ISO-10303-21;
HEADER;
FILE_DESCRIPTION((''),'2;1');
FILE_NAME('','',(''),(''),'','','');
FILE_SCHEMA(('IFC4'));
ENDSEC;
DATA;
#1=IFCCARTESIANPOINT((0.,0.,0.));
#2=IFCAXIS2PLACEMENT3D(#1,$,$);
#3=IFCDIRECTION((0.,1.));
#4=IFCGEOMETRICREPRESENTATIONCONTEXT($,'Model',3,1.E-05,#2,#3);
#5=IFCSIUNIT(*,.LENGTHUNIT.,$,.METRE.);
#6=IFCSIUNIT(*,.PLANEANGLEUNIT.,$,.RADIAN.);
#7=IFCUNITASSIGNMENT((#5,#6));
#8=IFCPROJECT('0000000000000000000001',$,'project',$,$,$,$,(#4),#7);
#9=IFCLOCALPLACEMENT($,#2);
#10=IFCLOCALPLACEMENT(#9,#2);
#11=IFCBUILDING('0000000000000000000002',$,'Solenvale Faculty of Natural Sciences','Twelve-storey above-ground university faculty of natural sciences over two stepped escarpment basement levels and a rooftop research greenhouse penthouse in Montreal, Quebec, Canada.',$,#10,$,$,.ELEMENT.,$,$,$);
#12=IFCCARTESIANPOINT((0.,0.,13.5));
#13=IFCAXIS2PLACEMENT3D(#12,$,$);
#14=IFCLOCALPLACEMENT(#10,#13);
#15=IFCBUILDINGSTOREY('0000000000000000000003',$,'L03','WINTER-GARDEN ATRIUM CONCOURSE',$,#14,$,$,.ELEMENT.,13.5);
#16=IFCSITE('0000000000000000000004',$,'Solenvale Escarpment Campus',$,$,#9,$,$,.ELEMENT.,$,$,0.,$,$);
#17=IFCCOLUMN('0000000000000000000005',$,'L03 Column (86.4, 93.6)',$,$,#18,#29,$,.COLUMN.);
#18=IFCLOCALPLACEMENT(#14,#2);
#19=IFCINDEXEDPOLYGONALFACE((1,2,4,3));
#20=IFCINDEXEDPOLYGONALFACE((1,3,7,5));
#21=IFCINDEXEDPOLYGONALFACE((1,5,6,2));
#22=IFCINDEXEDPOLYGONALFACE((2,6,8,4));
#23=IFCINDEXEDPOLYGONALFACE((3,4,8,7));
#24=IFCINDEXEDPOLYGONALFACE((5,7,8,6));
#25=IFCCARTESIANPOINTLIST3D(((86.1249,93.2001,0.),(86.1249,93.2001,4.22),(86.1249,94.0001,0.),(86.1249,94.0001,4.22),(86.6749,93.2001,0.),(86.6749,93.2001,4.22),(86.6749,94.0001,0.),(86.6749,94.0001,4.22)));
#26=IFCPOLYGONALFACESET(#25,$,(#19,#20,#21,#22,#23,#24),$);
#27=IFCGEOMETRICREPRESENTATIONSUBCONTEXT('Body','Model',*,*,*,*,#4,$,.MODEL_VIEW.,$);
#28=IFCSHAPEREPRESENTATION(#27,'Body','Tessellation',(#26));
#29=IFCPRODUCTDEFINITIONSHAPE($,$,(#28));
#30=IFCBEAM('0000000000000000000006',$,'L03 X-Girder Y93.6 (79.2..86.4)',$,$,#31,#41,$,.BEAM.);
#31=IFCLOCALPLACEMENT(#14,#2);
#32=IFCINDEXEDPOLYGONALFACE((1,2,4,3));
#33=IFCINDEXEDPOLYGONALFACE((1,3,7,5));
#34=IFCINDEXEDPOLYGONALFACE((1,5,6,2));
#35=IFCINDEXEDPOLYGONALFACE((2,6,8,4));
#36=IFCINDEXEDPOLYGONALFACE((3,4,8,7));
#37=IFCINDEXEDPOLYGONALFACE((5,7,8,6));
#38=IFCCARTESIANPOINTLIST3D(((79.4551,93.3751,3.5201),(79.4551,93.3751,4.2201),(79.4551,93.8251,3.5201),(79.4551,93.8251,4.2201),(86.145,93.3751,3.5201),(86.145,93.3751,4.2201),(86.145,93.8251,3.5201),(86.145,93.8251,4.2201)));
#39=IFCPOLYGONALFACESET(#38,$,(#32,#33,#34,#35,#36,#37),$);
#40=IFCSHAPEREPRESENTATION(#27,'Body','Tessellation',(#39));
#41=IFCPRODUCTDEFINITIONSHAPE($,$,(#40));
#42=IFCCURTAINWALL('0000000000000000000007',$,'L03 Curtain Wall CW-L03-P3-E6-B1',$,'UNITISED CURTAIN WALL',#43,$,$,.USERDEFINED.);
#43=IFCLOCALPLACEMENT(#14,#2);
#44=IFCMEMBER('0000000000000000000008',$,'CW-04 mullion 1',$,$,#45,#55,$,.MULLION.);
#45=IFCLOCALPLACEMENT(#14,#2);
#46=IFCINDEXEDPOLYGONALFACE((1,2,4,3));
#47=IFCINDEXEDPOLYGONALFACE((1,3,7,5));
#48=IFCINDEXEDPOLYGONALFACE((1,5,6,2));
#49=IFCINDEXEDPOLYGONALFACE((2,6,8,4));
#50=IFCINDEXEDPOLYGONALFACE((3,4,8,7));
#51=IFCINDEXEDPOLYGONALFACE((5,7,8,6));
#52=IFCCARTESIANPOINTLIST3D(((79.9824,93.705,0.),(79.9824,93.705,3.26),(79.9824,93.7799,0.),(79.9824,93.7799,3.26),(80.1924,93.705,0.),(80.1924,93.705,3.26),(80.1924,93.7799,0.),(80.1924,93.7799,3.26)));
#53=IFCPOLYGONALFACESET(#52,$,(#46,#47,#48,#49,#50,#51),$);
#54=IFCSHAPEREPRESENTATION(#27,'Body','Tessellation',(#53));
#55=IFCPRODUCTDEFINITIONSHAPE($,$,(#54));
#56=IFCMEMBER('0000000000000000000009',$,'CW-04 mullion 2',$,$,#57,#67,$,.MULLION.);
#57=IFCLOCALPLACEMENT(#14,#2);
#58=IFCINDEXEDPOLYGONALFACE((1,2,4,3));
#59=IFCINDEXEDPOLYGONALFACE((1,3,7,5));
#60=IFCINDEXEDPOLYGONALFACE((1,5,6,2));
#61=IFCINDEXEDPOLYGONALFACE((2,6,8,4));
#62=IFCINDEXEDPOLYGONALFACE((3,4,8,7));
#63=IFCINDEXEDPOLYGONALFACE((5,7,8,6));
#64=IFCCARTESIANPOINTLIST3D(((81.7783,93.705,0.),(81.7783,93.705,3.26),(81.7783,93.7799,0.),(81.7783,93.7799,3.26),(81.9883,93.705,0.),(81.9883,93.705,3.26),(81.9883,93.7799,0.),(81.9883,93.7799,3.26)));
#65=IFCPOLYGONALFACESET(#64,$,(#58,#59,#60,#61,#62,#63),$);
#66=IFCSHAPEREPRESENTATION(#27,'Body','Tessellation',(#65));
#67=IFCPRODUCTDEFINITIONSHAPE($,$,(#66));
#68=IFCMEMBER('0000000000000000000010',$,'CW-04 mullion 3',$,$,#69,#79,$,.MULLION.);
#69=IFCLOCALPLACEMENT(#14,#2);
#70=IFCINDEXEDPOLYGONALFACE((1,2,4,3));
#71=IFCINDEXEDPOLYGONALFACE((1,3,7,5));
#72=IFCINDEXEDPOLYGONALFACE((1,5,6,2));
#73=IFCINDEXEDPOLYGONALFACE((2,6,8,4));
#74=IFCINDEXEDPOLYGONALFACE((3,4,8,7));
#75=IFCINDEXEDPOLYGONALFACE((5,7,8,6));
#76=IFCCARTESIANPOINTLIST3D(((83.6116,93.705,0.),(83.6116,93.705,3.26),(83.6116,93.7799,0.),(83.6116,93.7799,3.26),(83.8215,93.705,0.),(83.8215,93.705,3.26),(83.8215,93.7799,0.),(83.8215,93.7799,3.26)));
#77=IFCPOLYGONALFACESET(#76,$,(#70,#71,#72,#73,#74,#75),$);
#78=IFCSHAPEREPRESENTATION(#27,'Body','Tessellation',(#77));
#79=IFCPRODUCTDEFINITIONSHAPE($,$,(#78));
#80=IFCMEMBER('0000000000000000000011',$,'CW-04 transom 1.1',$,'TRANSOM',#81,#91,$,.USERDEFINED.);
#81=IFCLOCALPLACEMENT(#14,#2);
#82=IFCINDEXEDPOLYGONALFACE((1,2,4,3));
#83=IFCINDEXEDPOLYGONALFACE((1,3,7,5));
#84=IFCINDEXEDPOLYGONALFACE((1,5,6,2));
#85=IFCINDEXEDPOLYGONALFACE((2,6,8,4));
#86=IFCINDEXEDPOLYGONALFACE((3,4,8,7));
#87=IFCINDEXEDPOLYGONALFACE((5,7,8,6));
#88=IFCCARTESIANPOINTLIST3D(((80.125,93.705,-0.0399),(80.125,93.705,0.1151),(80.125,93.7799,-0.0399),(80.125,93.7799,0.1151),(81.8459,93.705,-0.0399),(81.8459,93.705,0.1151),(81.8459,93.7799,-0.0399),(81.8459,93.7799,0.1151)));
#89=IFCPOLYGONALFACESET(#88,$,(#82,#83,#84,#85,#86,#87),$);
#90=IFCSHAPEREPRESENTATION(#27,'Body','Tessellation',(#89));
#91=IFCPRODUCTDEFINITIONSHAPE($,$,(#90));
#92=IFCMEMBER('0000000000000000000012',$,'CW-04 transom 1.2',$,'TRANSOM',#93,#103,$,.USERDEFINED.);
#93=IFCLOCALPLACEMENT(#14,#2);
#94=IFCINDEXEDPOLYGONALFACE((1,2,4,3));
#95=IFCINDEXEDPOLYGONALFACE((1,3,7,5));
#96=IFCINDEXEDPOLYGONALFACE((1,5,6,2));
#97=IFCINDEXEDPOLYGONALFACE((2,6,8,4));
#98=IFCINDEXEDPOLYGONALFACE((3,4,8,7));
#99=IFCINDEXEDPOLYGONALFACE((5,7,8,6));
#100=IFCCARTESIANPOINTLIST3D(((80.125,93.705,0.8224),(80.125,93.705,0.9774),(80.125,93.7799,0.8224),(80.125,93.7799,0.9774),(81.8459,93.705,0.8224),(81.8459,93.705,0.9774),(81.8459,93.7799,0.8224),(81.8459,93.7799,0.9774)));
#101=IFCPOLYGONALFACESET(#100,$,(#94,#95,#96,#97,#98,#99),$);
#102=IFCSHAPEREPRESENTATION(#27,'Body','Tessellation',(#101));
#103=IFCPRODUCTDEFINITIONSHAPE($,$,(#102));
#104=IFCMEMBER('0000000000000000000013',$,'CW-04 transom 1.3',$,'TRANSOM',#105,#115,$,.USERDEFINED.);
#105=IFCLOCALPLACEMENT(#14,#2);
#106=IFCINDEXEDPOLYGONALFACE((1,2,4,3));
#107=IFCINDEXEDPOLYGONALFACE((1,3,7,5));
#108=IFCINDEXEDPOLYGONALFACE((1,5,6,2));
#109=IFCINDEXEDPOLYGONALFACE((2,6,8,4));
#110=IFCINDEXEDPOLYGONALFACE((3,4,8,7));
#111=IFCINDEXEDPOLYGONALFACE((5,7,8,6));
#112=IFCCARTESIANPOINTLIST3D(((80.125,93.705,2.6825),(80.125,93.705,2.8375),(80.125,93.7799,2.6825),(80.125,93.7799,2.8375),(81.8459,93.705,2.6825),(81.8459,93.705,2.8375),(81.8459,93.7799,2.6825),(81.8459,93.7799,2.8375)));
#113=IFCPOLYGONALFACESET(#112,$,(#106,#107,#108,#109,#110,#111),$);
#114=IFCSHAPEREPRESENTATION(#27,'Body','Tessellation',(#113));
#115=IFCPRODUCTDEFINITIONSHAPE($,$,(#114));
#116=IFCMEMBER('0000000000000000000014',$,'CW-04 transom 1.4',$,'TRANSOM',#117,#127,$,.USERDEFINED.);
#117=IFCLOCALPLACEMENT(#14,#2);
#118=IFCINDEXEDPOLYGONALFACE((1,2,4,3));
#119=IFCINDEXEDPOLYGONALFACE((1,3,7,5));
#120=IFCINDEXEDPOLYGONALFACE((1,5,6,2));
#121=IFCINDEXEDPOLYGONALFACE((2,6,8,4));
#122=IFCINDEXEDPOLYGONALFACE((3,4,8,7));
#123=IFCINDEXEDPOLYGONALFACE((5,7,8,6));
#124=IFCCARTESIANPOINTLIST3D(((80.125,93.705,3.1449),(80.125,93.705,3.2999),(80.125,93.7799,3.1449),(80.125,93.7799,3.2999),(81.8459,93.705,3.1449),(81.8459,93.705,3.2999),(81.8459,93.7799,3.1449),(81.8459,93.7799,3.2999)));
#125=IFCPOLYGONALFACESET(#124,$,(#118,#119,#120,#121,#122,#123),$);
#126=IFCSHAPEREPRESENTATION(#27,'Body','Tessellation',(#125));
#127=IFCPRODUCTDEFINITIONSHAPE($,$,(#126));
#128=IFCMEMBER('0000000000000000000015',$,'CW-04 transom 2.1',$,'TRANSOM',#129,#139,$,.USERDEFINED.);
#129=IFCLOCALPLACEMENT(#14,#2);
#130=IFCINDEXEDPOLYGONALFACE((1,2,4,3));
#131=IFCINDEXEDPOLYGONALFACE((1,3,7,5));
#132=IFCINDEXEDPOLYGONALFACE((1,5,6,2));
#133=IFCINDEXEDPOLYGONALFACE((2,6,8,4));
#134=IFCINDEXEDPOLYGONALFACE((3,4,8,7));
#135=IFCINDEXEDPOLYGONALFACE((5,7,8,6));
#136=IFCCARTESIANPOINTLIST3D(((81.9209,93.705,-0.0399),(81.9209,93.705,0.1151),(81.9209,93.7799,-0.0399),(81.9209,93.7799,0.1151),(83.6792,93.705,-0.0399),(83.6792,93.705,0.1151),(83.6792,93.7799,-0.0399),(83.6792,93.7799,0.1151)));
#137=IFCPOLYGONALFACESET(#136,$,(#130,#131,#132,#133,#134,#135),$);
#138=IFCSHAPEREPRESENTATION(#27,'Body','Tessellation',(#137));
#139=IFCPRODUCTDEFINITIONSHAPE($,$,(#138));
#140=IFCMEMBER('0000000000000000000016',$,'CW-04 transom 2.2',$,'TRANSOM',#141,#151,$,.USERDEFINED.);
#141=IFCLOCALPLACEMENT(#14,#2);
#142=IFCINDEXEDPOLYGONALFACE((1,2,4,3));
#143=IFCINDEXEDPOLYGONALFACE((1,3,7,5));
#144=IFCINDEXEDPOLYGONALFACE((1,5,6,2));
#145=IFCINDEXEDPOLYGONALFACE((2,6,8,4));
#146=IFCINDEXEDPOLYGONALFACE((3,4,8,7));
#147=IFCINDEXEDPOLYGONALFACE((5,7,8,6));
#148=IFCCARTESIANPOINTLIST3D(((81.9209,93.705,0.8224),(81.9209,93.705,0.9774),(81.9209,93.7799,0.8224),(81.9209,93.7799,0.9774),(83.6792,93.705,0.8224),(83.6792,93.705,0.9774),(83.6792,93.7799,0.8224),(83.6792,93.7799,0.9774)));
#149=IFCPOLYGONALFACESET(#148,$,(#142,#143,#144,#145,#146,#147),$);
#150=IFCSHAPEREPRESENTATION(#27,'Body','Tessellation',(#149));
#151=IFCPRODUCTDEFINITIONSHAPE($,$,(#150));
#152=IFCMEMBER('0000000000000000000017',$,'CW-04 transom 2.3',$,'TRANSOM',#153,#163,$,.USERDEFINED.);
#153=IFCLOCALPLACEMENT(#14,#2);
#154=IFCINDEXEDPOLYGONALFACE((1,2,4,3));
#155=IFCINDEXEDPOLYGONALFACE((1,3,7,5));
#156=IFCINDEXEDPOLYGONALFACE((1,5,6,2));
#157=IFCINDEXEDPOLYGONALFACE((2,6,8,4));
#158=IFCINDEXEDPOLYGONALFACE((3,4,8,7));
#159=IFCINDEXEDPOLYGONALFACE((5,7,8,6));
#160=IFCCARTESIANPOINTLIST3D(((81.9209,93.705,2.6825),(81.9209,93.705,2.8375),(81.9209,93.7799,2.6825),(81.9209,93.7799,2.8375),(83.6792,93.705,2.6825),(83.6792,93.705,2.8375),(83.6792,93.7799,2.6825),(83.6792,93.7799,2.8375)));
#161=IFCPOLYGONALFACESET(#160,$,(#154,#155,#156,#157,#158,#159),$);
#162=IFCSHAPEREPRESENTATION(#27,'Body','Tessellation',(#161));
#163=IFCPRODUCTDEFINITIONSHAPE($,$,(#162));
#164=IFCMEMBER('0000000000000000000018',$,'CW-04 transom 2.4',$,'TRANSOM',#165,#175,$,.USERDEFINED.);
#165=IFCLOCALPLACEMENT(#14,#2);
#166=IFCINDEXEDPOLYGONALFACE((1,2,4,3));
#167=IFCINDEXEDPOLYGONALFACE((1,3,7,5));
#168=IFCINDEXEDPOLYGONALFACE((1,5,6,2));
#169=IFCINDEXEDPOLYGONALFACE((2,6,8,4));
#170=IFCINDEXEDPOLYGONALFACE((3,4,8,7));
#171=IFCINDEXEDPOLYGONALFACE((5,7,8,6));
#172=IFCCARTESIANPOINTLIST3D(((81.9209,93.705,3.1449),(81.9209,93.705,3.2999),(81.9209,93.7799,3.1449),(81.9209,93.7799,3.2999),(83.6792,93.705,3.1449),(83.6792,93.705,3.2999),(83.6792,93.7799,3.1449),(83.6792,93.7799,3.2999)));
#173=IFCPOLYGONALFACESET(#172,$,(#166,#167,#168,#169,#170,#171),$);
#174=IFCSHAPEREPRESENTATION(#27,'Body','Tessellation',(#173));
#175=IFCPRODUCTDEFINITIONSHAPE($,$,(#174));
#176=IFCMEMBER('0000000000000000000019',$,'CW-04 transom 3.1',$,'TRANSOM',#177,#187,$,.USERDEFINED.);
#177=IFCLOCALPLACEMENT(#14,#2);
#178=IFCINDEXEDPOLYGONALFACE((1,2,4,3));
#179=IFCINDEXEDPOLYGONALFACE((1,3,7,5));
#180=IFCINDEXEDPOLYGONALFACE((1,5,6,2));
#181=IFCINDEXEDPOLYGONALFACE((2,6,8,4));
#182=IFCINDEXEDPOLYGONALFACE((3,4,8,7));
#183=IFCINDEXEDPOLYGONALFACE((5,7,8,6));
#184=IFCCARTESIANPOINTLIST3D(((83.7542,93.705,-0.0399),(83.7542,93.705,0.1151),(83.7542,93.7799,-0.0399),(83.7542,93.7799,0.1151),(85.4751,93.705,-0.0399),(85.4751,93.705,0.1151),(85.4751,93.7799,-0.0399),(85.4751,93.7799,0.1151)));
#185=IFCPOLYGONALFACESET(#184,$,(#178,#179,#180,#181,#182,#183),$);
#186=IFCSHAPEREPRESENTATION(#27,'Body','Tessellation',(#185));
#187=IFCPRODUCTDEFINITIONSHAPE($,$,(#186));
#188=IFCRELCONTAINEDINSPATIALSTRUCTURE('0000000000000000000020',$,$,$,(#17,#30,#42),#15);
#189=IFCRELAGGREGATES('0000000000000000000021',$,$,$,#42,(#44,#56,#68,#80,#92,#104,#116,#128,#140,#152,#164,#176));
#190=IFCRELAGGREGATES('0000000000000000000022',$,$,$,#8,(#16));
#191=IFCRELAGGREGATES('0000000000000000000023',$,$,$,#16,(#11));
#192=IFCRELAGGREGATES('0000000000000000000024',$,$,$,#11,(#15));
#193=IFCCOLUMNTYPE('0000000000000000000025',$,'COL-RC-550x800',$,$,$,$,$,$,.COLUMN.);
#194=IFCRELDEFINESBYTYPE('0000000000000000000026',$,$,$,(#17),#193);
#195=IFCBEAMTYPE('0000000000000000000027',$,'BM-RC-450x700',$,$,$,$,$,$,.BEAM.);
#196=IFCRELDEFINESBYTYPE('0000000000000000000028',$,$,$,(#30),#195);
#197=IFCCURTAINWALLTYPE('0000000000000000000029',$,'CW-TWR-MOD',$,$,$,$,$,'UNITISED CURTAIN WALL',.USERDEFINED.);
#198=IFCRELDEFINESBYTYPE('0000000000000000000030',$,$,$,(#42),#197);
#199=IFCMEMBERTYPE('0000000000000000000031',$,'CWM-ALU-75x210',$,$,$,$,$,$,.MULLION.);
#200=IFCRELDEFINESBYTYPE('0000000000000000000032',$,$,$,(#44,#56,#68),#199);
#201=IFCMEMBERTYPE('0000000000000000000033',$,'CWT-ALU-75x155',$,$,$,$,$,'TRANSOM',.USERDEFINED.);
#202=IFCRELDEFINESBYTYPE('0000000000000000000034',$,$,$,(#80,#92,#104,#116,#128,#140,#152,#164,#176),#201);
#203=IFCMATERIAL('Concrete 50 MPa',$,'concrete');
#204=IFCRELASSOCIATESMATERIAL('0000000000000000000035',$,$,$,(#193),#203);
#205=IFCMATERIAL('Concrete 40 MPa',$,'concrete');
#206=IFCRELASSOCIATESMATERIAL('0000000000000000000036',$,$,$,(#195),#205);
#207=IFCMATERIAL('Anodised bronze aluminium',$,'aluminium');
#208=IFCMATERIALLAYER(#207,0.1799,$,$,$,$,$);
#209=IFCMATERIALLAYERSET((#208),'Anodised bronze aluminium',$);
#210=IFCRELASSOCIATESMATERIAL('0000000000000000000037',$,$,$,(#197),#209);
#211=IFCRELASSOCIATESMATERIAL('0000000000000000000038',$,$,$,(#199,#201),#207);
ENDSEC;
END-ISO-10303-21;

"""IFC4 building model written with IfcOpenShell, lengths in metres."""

from ifc_helpers import new_model, si_unit, direction, frame, origin, origin_2d, place, context, subcontext, project, spatial, rectangle, extrude, material, layer, layer_set, material_profile, profile_set, type_object, element, aggregate, save


model = new_model("IFC4")

# Units and contexts
model_context = context("Model", 3, precision=1e-05, world=origin(), true_north=direction((0.0, 1.0)))
body_context = subcontext(model_context, "Body", "Model", "MODEL_VIEW")
ifc_project = project(units=[si_unit("LENGTHUNIT", "METRE"), si_unit("PLANEANGLEUNIT", "RADIAN")], contexts=[model_context])

# Site, building, storey
site_placement = place(None, origin())
site = spatial("IfcSite", under=ifc_project, at=site_placement, Name="Solenvale Escarpment Campus", CompositionType="ELEMENT", RefElevation=0.0)
building_placement = place(site_placement, origin())
building = spatial("IfcBuilding", under=site, at=building_placement, Name="Solenvale Faculty of Natural Sciences", Description="Twelve-storey above-ground university faculty of natural sciences over two stepped escarpment basement levels and a rooftop research greenhouse penthouse in Montreal, Quebec, Canada.", CompositionType="ELEMENT")
storey_placement = place(building_placement, frame((0.0, 0.0, 13.5)))
storey = spatial("IfcBuildingStorey", under=building, at=storey_placement, Name="L03", Description="WINTER-GARDEN ATRIUM CONCOURSE", CompositionType="ELEMENT", Elevation=13.5)

# Column
ifc_material_1 = material(Name="Concrete 50 MPa", Category="concrete")
ifc_material_profile_1 = material_profile(ifc_material_1, rectangle(XDim=0.55, YDim=0.8, at=origin_2d()), Name="RC-COL-550x800")
ifc_profile_set_1 = profile_set([ifc_material_profile_1], Name="Concrete 50 MPa")
column_type = type_object("IfcColumnType", Name="COL-RC-550x800", PredefinedType="COLUMN", material=ifc_profile_set_1)
column_placement = place(storey_placement, frame((86.3999, 93.6001, 0.0), z_axis=(0.0, 0.0, 1.0), x_axis=(1.0, 0.0, 0.0)))
element("IfcColumn", 1, at=column_placement, inside=storey, type_object=column_type, Name="L03 Column (86.4, 93.6)", PredefinedType="COLUMN", context=body_context, shape_type="SweptSolid", body=[
    extrude(rectangle(XDim=0.55, YDim=0.8, at=origin_2d()), origin(), (0.0, 0.0, 1.0), 4.22),
])

# Beam
ifc_material_2 = material(Name="Concrete 40 MPa", Category="concrete")
ifc_material_profile_2 = material_profile(ifc_material_2, rectangle(XDim=0.45, YDim=0.7, at=origin_2d()), Name="RC-BM-450x700")
ifc_profile_set_2 = profile_set([ifc_material_profile_2], Name="Concrete 40 MPa")
beam_type = type_object("IfcBeamType", Name="BM-RC-450x700", PredefinedType="BEAM", material=ifc_profile_set_2)
beam_placement = place(storey_placement, frame((79.4551, 93.6001, 3.8701), z_axis=(1.0, 0.0, 0.0), x_axis=(0.0, 1.0, 0.0)))
element("IfcBeam", 2, at=beam_placement, inside=storey, type_object=beam_type, Name="L03 X-Girder Y93.6 (79.2..86.4)", PredefinedType="BEAM", context=body_context, shape_type="SweptSolid", body=[
    extrude(rectangle(XDim=0.45, YDim=0.7, at=origin_2d()), origin(), (0.0, 0.0, 1.0), 6.6899),
])

# Curtain wall, members
ifc_material_3 = material(Name="Anodised bronze aluminium", Category="aluminium")
ifc_layer_1 = layer(ifc_material_3, 0.1799)
ifc_layer_set_1 = layer_set([ifc_layer_1], Name="Anodised bronze aluminium")
curtain_wall_type = type_object("IfcCurtainWallType", Name="CW-TWR-MOD", ElementType="UNITISED CURTAIN WALL", PredefinedType="USERDEFINED", material=ifc_layer_set_1)
curtain_wall_placement = place(storey_placement, origin())
curtain_wall = element("IfcCurtainWall", 3, at=curtain_wall_placement, inside=storey, type_object=curtain_wall_type, Name="L03 Curtain Wall CW-L03-P3-E6-B1", ObjectType="UNITISED CURTAIN WALL", PredefinedType="USERDEFINED")
ifc_material_profile_3 = material_profile(ifc_material_3, rectangle(XDim=0.075, YDim=0.21, at=origin_2d()), Name="ALU-MUL-75x210")
ifc_profile_set_3 = profile_set([ifc_material_profile_3], Name="Anodised bronze aluminium")
member_type_1 = type_object("IfcMemberType", Name="CWM-ALU-75x210", PredefinedType="MULLION", material=ifc_profile_set_3)
member_1_placement = place(storey_placement, frame((80.0874, 93.7424, 0.0), z_axis=(0.0, 0.0, 1.0), x_axis=(0.0, 1.0, 0.0)))
member_1 = element("IfcMember", 4, at=member_1_placement, type_object=member_type_1, Name="CW-04 mullion 1", PredefinedType="MULLION", context=body_context, shape_type="SweptSolid", body=[
    extrude(rectangle(XDim=0.075, YDim=0.21, at=origin_2d()), origin(), (0.0, 0.0, 1.0), 3.26),
])
member_2_placement = place(storey_placement, frame((81.8833, 93.7424, 0.0), z_axis=(0.0, 0.0, 1.0), x_axis=(0.0, 1.0, 0.0)))
member_2 = element("IfcMember", 5, at=member_2_placement, type_object=member_type_1, Name="CW-04 mullion 2", PredefinedType="MULLION", context=body_context, shape_type="SweptSolid", body=[
    extrude(rectangle(XDim=0.075, YDim=0.21, at=origin_2d()), origin(), (0.0, 0.0, 1.0), 3.26),
])
member_3_placement = place(storey_placement, frame((83.7166, 93.7424, 0.0), z_axis=(0.0, 0.0, 1.0), x_axis=(0.0, 1.0, 0.0)))
member_3 = element("IfcMember", 6, at=member_3_placement, type_object=member_type_1, Name="CW-04 mullion 3", PredefinedType="MULLION", context=body_context, shape_type="SweptSolid", body=[
    extrude(rectangle(XDim=0.075, YDim=0.21, at=origin_2d()), origin(), (0.0, 0.0, 1.0), 3.26),
])
ifc_material_profile_4 = material_profile(ifc_material_3, rectangle(XDim=0.075, YDim=0.155, at=origin_2d()), Name="ALU-TRN-75x155")
ifc_profile_set_4 = profile_set([ifc_material_profile_4], Name="Anodised bronze aluminium")
member_type_2 = type_object("IfcMemberType", Name="CWT-ALU-75x155", ElementType="TRANSOM", PredefinedType="USERDEFINED", material=ifc_profile_set_4)
member_4_placement = place(storey_placement, frame((80.125, 93.7424, 0.0376), z_axis=(1.0, 0.0, 0.0), x_axis=(0.0, 1.0, 0.0)))
member_4 = element("IfcMember", 7, at=member_4_placement, type_object=member_type_2, Name="CW-04 transom 1.1", ObjectType="TRANSOM", PredefinedType="USERDEFINED", context=body_context, shape_type="SweptSolid", body=[
    extrude(rectangle(XDim=0.075, YDim=0.155, at=origin_2d()), origin(), (0.0, 0.0, 1.0), 1.7209),
])
member_5_placement = place(storey_placement, frame((80.125, 93.7424, 0.8999), z_axis=(1.0, 0.0, 0.0), x_axis=(0.0, 1.0, 0.0)))
member_5 = element("IfcMember", 8, at=member_5_placement, type_object=member_type_2, Name="CW-04 transom 1.2", ObjectType="TRANSOM", PredefinedType="USERDEFINED", context=body_context, shape_type="SweptSolid", body=[
    extrude(rectangle(XDim=0.075, YDim=0.155, at=origin_2d()), origin(), (0.0, 0.0, 1.0), 1.7209),
])
member_6_placement = place(storey_placement, frame((80.125, 93.7424, 2.76), z_axis=(1.0, 0.0, 0.0), x_axis=(0.0, 1.0, 0.0)))
member_6 = element("IfcMember", 9, at=member_6_placement, type_object=member_type_2, Name="CW-04 transom 1.3", ObjectType="TRANSOM", PredefinedType="USERDEFINED", context=body_context, shape_type="SweptSolid", body=[
    extrude(rectangle(XDim=0.075, YDim=0.155, at=origin_2d()), origin(), (0.0, 0.0, 1.0), 1.7209),
])
member_7_placement = place(storey_placement, frame((80.125, 93.7424, 3.2224), z_axis=(1.0, 0.0, 0.0), x_axis=(0.0, 1.0, 0.0)))
member_7 = element("IfcMember", 10, at=member_7_placement, type_object=member_type_2, Name="CW-04 transom 1.4", ObjectType="TRANSOM", PredefinedType="USERDEFINED", context=body_context, shape_type="SweptSolid", body=[
    extrude(rectangle(XDim=0.075, YDim=0.155, at=origin_2d()), origin(), (0.0, 0.0, 1.0), 1.7209),
])
member_8_placement = place(storey_placement, frame((81.9209, 93.7424, 0.0376), z_axis=(1.0, 0.0, 0.0), x_axis=(0.0, 1.0, 0.0)))
member_8 = element("IfcMember", 11, at=member_8_placement, type_object=member_type_2, Name="CW-04 transom 2.1", ObjectType="TRANSOM", PredefinedType="USERDEFINED", context=body_context, shape_type="SweptSolid", body=[
    extrude(rectangle(XDim=0.075, YDim=0.155, at=origin_2d()), origin(), (0.0, 0.0, 1.0), 1.7583),
])
member_9_placement = place(storey_placement, frame((81.9209, 93.7424, 0.8999), z_axis=(1.0, 0.0, 0.0), x_axis=(0.0, 1.0, 0.0)))
member_9 = element("IfcMember", 12, at=member_9_placement, type_object=member_type_2, Name="CW-04 transom 2.2", ObjectType="TRANSOM", PredefinedType="USERDEFINED", context=body_context, shape_type="SweptSolid", body=[
    extrude(rectangle(XDim=0.075, YDim=0.155, at=origin_2d()), origin(), (0.0, 0.0, 1.0), 1.7583),
])
member_10_placement = place(storey_placement, frame((81.9209, 93.7424, 2.76), z_axis=(1.0, 0.0, 0.0), x_axis=(0.0, 1.0, 0.0)))
member_10 = element("IfcMember", 13, at=member_10_placement, type_object=member_type_2, Name="CW-04 transom 2.3", ObjectType="TRANSOM", PredefinedType="USERDEFINED", context=body_context, shape_type="SweptSolid", body=[
    extrude(rectangle(XDim=0.075, YDim=0.155, at=origin_2d()), origin(), (0.0, 0.0, 1.0), 1.7583),
])
member_11_placement = place(storey_placement, frame((81.9209, 93.7424, 3.2224), z_axis=(1.0, 0.0, 0.0), x_axis=(0.0, 1.0, 0.0)))
member_11 = element("IfcMember", 14, at=member_11_placement, type_object=member_type_2, Name="CW-04 transom 2.4", ObjectType="TRANSOM", PredefinedType="USERDEFINED", context=body_context, shape_type="SweptSolid", body=[
    extrude(rectangle(XDim=0.075, YDim=0.155, at=origin_2d()), origin(), (0.0, 0.0, 1.0), 1.7583),
])
member_12_placement = place(storey_placement, frame((83.7542, 93.7424, 0.0376), z_axis=(1.0, 0.0, 0.0), x_axis=(0.0, 1.0, 0.0)))
member_12 = element("IfcMember", 15, at=member_12_placement, type_object=member_type_2, Name="CW-04 transom 3.1", ObjectType="TRANSOM", PredefinedType="USERDEFINED", context=body_context, shape_type="SweptSolid", body=[
    extrude(rectangle(XDim=0.075, YDim=0.155, at=origin_2d()), origin(), (0.0, 0.0, 1.0), 1.7209),
])
aggregate(curtain_wall, [member_1, member_2, member_3, member_4, member_5, member_6, member_7, member_8, member_9, member_10, member_11, member_12])

save(model, "model.ifc")
